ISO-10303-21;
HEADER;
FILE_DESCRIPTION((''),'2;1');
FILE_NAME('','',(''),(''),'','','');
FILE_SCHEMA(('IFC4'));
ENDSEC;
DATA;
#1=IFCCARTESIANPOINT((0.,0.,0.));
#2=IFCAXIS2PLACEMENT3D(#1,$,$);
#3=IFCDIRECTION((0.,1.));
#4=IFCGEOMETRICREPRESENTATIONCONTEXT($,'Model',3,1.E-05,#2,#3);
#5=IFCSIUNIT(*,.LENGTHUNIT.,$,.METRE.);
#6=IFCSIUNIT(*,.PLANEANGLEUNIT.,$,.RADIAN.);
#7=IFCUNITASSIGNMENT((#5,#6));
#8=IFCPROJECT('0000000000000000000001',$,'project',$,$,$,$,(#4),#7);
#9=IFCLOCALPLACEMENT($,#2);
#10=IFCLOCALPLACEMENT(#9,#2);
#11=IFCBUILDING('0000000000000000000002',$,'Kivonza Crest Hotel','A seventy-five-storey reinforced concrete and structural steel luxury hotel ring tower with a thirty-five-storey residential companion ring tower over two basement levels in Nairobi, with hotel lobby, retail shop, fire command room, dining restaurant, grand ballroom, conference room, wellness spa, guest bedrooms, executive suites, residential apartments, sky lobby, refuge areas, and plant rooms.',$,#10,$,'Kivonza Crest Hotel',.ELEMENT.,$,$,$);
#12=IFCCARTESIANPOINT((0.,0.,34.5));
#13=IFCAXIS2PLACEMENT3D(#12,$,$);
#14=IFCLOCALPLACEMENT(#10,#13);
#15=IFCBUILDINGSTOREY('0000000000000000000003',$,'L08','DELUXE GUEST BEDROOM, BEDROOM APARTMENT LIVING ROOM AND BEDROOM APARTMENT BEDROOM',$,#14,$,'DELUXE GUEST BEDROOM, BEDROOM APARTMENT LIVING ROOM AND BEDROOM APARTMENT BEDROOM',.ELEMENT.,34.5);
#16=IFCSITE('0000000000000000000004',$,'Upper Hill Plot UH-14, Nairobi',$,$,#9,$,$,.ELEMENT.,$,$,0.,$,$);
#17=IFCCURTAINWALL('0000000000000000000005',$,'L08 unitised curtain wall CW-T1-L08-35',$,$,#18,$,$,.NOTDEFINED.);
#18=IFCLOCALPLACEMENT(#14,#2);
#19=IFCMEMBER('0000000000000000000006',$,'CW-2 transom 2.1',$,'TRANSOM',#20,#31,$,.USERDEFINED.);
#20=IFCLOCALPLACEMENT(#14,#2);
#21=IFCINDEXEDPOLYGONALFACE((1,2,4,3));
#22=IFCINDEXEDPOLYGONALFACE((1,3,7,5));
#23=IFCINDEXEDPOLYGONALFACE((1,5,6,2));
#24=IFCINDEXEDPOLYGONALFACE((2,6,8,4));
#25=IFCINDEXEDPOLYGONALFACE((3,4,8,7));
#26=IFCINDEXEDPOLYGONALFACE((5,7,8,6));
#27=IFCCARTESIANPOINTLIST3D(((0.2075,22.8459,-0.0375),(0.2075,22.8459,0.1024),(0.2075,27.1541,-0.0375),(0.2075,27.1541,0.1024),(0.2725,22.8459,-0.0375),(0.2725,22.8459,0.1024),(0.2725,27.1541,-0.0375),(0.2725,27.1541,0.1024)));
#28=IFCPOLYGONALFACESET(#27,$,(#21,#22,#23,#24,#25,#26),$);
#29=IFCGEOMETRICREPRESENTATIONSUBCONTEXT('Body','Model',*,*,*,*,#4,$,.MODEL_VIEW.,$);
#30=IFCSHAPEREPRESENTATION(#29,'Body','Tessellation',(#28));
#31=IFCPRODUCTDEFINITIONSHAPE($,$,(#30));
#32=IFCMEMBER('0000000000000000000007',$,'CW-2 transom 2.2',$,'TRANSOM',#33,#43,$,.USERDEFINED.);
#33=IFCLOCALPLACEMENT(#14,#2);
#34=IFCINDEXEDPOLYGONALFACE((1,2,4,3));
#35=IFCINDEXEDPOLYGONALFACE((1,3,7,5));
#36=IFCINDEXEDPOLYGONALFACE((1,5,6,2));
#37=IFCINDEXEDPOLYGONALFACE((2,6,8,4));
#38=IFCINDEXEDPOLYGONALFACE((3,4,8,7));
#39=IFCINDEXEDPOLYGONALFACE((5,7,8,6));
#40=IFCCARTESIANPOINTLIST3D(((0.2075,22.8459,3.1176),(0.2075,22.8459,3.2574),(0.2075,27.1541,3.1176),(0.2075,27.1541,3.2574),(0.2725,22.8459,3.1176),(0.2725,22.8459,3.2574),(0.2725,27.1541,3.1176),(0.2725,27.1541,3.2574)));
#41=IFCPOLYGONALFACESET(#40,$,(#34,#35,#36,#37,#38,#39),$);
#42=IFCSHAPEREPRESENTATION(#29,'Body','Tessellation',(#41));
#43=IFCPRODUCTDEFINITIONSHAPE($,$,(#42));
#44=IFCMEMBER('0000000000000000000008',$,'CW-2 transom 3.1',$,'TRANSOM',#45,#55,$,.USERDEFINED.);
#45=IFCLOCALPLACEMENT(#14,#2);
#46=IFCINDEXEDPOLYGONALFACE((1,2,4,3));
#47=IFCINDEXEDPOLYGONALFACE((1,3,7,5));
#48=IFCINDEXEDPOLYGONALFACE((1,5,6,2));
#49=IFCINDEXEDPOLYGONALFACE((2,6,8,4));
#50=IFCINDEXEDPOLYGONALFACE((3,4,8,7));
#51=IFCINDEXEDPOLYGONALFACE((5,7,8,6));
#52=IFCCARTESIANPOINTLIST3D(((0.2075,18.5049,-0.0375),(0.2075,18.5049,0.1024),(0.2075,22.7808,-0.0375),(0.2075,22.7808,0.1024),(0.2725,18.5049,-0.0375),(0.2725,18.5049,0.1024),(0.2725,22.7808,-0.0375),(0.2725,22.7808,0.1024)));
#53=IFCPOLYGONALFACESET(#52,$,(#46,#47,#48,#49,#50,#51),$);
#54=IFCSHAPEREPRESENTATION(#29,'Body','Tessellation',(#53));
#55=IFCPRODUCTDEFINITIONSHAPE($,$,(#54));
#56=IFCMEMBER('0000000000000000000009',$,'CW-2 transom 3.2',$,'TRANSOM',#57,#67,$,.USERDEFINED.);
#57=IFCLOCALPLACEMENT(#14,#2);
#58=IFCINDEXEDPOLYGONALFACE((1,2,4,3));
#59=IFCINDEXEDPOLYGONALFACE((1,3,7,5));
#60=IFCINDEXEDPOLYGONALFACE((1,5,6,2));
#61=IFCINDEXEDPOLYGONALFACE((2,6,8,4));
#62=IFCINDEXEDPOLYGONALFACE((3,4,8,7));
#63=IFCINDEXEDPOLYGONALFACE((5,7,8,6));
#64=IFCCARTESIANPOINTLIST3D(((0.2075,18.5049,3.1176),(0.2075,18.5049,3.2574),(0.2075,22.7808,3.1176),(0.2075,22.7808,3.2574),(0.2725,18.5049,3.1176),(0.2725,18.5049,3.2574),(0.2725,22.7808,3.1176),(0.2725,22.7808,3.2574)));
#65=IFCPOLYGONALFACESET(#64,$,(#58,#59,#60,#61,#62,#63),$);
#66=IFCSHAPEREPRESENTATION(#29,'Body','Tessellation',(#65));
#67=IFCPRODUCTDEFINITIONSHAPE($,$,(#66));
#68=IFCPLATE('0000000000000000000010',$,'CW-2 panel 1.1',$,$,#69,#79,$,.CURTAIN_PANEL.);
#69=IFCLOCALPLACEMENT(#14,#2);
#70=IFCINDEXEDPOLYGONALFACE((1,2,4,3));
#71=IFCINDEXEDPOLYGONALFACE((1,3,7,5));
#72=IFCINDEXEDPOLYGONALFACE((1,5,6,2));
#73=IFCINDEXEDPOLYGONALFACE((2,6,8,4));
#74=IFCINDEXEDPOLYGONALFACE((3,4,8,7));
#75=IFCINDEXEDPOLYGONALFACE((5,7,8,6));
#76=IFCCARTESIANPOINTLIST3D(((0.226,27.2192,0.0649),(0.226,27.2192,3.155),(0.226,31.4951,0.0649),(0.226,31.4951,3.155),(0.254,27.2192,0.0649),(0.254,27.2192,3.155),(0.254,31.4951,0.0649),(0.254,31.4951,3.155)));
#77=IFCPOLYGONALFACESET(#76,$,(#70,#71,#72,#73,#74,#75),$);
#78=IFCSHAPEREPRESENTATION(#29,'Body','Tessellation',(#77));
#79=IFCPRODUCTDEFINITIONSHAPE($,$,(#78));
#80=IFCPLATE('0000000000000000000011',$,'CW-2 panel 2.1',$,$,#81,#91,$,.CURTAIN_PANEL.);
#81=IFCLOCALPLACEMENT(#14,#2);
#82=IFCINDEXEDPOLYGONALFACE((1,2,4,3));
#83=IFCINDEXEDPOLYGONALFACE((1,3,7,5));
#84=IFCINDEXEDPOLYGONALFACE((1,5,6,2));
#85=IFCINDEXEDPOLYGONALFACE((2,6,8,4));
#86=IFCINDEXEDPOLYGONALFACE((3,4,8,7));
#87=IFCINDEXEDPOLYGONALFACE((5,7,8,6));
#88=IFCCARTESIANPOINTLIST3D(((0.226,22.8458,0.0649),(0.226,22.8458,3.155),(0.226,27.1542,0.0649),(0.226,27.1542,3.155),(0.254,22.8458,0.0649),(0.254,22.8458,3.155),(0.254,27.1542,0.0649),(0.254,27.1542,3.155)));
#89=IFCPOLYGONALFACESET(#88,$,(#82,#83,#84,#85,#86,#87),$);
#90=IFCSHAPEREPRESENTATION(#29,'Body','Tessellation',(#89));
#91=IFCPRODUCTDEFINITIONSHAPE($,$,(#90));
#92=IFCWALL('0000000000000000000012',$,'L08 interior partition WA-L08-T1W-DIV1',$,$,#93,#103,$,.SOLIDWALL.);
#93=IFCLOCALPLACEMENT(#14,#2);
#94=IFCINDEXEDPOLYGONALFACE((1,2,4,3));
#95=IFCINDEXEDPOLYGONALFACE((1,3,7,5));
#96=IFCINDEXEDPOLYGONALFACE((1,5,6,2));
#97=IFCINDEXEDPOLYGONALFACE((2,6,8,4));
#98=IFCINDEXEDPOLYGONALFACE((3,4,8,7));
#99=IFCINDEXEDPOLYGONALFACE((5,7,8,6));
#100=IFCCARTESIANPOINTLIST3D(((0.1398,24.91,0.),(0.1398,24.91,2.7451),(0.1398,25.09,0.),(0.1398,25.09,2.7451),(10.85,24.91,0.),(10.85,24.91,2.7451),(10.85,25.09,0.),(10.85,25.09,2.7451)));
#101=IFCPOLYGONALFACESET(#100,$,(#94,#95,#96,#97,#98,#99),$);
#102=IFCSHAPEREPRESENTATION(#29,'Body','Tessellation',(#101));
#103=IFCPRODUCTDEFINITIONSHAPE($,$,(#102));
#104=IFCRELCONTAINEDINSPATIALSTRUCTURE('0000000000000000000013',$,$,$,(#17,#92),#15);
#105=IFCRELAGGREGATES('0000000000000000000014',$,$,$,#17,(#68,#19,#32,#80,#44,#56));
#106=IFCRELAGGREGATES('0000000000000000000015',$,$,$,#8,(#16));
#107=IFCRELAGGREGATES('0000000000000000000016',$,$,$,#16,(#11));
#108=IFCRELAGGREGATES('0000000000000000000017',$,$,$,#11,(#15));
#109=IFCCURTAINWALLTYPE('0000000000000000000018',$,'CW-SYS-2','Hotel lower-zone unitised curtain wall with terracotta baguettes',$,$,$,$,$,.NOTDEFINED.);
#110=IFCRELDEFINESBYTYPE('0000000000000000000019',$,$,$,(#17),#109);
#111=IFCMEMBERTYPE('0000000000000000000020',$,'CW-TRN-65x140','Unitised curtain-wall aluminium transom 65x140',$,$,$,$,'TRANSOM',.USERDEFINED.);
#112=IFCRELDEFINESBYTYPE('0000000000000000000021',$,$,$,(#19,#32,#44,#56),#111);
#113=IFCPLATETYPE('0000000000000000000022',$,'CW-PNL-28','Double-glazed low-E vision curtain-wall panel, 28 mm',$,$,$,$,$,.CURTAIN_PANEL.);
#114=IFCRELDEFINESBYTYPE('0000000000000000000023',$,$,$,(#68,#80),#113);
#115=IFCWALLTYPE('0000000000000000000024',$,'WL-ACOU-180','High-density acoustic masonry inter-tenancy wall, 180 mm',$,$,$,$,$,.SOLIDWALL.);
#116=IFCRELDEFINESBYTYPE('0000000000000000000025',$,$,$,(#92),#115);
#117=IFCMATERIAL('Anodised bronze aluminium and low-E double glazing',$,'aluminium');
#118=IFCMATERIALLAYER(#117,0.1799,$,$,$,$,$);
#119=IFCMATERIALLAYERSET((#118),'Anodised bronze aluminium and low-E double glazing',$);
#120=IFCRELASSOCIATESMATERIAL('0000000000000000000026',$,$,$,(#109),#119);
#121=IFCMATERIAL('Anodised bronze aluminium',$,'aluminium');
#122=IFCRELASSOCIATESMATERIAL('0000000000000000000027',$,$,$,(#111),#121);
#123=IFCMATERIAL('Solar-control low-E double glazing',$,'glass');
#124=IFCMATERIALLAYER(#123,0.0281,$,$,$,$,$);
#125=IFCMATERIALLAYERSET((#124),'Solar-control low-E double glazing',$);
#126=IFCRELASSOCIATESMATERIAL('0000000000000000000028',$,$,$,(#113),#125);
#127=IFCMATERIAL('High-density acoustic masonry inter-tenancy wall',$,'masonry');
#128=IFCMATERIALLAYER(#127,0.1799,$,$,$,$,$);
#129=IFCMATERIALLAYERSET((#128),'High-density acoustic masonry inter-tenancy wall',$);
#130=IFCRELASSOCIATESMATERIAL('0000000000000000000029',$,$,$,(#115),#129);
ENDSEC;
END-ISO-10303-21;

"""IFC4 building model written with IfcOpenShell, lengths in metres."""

from ifc_helpers import new_model, si_unit, direction, frame, frame_2d, origin, origin_2d, place, context, subcontext, project, spatial, rectangle, extrude, material, layer, layer_set, material_profile, profile_set, type_object, element, aggregate, save


model = new_model("IFC4")

# Units and contexts
model_context = context("Model", 3, precision=1e-05, world=origin(), true_north=direction((0.0, 1.0)))
body_context = subcontext(model_context, "Body", "Model", "MODEL_VIEW")
ifc_project = project(units=[si_unit("LENGTHUNIT", "METRE"), si_unit("PLANEANGLEUNIT", "RADIAN")], contexts=[model_context])

# Site, building, storey
site_placement = place(None, origin())
site = spatial("IfcSite", under=ifc_project, at=site_placement, Name="Upper Hill Plot UH-14, Nairobi", CompositionType="ELEMENT", RefElevation=0.0)
building_placement = place(site_placement, origin())
building = spatial("IfcBuilding", under=site, at=building_placement, Name="Kivonza Crest Hotel", Description="A seventy-five-storey reinforced concrete and structural steel luxury hotel ring tower with a thirty-five-storey residential companion ring tower over two basement levels in Nairobi, with hotel lobby, retail shop, fire command room, dining restaurant, grand ballroom, conference room, wellness spa, guest bedrooms, executive suites, residential apartments, sky lobby, refuge areas, and plant rooms.", LongName="Kivonza Crest Hotel", CompositionType="ELEMENT")
storey_placement = place(building_placement, frame((0.0, 0.0, 34.5)))
storey = spatial("IfcBuildingStorey", under=building, at=storey_placement, Name="L08", Description="DELUXE GUEST BEDROOM, BEDROOM APARTMENT LIVING ROOM AND BEDROOM APARTMENT BEDROOM", LongName="DELUXE GUEST BEDROOM, BEDROOM APARTMENT LIVING ROOM AND BEDROOM APARTMENT BEDROOM", CompositionType="ELEMENT", Elevation=34.5)

# Curtain wall, members, plates
ifc_material_1 = material(Name="Anodised bronze aluminium and low-E double glazing", Category="aluminium")
ifc_layer_1 = layer(ifc_material_1, 0.1799)
ifc_layer_set_1 = layer_set([ifc_layer_1], Name="Anodised bronze aluminium and low-E double glazing")
curtain_wall_type = type_object("IfcCurtainWallType", Name="CW-SYS-2", Description="Hotel lower-zone unitised curtain wall with terracotta baguettes", PredefinedType="NOTDEFINED", material=ifc_layer_set_1)
curtain_wall_placement = place(storey_placement, origin())
curtain_wall = element("IfcCurtainWall", 1, at=curtain_wall_placement, inside=storey, type_object=curtain_wall_type, Name="L08 unitised curtain wall CW-T1-L08-35", PredefinedType="NOTDEFINED")
ifc_material_2 = material(Name="Anodised bronze aluminium", Category="aluminium")
ifc_material_profile_1 = material_profile(ifc_material_2, rectangle(XDim=0.0649, YDim=0.1399, at=origin_2d()), Name="CW-T 65x140")
ifc_profile_set_1 = profile_set([ifc_material_profile_1], Name="Anodised bronze aluminium")
member_type_1 = type_object("IfcMemberType", Name="CW-TRN-65x140", Description="Unitised curtain-wall aluminium transom 65x140", ElementType="TRANSOM", PredefinedType="USERDEFINED", material=ifc_profile_set_1)
member_1_placement = place(storey_placement, frame((0.24, 27.1541, 0.0325), z_axis=(0.0, -1.0, 0.0), x_axis=(1.0, 0.0, 0.0)))
member_1 = element("IfcMember", 2, at=member_1_placement, type_object=member_type_1, Name="CW-2 transom 2.1", ObjectType="TRANSOM", PredefinedType="USERDEFINED", context=body_context, shape_type="SweptSolid", body=[
    extrude(rectangle(XDim=0.0649, YDim=0.1399, at=origin_2d()), origin(), (0.0, 0.0, 1.0), 4.3081),
])
member_2_placement = place(storey_placement, frame((0.24, 27.1541, 3.1875), z_axis=(0.0, -1.0, 0.0), x_axis=(1.0, 0.0, 0.0)))
member_2 = element("IfcMember", 3, at=member_2_placement, type_object=member_type_1, Name="CW-2 transom 2.2", ObjectType="TRANSOM", PredefinedType="USERDEFINED", context=body_context, shape_type="SweptSolid", body=[
    extrude(rectangle(XDim=0.0649, YDim=0.1399, at=origin_2d()), origin(), (0.0, 0.0, 1.0), 4.3081),
])
member_3_placement = place(storey_placement, frame((0.24, 22.7808, 0.0325), z_axis=(0.0, -1.0, 0.0), x_axis=(1.0, 0.0, 0.0)))
member_3 = element("IfcMember", 4, at=member_3_placement, type_object=member_type_1, Name="CW-2 transom 3.1", ObjectType="TRANSOM", PredefinedType="USERDEFINED", context=body_context, shape_type="SweptSolid", body=[
    extrude(rectangle(XDim=0.0649, YDim=0.1399, at=origin_2d()), origin(), (0.0, 0.0, 1.0), 4.2759),
])
member_4_placement = place(storey_placement, frame((0.24, 22.7808, 3.1875), z_axis=(0.0, -1.0, 0.0), x_axis=(1.0, 0.0, 0.0)))
member_4 = element("IfcMember", 5, at=member_4_placement, type_object=member_type_1, Name="CW-2 transom 3.2", ObjectType="TRANSOM", PredefinedType="USERDEFINED", context=body_context, shape_type="SweptSolid", body=[
    extrude(rectangle(XDim=0.0649, YDim=0.1399, at=origin_2d()), origin(), (0.0, 0.0, 1.0), 4.2759),
])
ifc_material_3 = material(Name="Solar-control low-E double glazing", Category="glass")
ifc_layer_2 = layer(ifc_material_3, 0.0281)
ifc_layer_set_2 = layer_set([ifc_layer_2], Name="Solar-control low-E double glazing")
plate_type = type_object("IfcPlateType", Name="CW-PNL-28", Description="Double-glazed low-E vision curtain-wall panel, 28 mm", PredefinedType="CURTAIN_PANEL", material=ifc_layer_set_2)
plate_1_placement = place(storey_placement, frame((0.24, 29.3572, 0.0649), z_axis=(0.0, 0.0, 1.0), x_axis=(0.0, -1.0, 0.0)))
plate_1 = element("IfcPlate", 6, at=plate_1_placement, type_object=plate_type, Name="CW-2 panel 1.1", PredefinedType="CURTAIN_PANEL", context=body_context, shape_type="SweptSolid", body=[
    extrude(rectangle(XDim=4.2759, YDim=0.0281, at=origin_2d()), origin(), (0.0, 0.0, 1.0), 3.0901),
])
plate_2_placement = place(storey_placement, frame((0.24, 25.0, 0.0649), z_axis=(0.0, 0.0, 1.0), x_axis=(0.0, -1.0, 0.0)))
plate_2 = element("IfcPlate", 7, at=plate_2_placement, type_object=plate_type, Name="CW-2 panel 2.1", PredefinedType="CURTAIN_PANEL", context=body_context, shape_type="SweptSolid", body=[
    extrude(rectangle(XDim=4.3083, YDim=0.0281, at=origin_2d()), origin(), (0.0, 0.0, 1.0), 3.0901),
])
aggregate(curtain_wall, [plate_1, member_1, member_2, plate_2, member_3, member_4])

# Wall
ifc_material_4 = material(Name="High-density acoustic masonry inter-tenancy wall", Category="masonry")
ifc_layer_3 = layer(ifc_material_4, 0.1799)
ifc_layer_set_3 = layer_set([ifc_layer_3], Name="High-density acoustic masonry inter-tenancy wall")
wall_type = type_object("IfcWallType", Name="WL-ACOU-180", Description="High-density acoustic masonry inter-tenancy wall, 180 mm", PredefinedType="SOLIDWALL", material=ifc_layer_set_3)
wall_placement = place(storey_placement, frame((0.1399, 25.0, 0.0), z_axis=(0.0, 0.0, 1.0), x_axis=(1.0, 0.0, 0.0)))
element("IfcWall", 8, at=wall_placement, inside=storey, type_object=wall_type, Name="L08 interior partition WA-L08-T1W-DIV1", PredefinedType="SOLIDWALL", context=body_context, shape_type="SweptSolid", body=[
    extrude(rectangle(XDim=10.7102, YDim=0.1799, at=frame_2d((5.355, 0.0))), origin(), (0.0, 0.0, 1.0), 2.7451),
])

save(model, "model.ifc")
